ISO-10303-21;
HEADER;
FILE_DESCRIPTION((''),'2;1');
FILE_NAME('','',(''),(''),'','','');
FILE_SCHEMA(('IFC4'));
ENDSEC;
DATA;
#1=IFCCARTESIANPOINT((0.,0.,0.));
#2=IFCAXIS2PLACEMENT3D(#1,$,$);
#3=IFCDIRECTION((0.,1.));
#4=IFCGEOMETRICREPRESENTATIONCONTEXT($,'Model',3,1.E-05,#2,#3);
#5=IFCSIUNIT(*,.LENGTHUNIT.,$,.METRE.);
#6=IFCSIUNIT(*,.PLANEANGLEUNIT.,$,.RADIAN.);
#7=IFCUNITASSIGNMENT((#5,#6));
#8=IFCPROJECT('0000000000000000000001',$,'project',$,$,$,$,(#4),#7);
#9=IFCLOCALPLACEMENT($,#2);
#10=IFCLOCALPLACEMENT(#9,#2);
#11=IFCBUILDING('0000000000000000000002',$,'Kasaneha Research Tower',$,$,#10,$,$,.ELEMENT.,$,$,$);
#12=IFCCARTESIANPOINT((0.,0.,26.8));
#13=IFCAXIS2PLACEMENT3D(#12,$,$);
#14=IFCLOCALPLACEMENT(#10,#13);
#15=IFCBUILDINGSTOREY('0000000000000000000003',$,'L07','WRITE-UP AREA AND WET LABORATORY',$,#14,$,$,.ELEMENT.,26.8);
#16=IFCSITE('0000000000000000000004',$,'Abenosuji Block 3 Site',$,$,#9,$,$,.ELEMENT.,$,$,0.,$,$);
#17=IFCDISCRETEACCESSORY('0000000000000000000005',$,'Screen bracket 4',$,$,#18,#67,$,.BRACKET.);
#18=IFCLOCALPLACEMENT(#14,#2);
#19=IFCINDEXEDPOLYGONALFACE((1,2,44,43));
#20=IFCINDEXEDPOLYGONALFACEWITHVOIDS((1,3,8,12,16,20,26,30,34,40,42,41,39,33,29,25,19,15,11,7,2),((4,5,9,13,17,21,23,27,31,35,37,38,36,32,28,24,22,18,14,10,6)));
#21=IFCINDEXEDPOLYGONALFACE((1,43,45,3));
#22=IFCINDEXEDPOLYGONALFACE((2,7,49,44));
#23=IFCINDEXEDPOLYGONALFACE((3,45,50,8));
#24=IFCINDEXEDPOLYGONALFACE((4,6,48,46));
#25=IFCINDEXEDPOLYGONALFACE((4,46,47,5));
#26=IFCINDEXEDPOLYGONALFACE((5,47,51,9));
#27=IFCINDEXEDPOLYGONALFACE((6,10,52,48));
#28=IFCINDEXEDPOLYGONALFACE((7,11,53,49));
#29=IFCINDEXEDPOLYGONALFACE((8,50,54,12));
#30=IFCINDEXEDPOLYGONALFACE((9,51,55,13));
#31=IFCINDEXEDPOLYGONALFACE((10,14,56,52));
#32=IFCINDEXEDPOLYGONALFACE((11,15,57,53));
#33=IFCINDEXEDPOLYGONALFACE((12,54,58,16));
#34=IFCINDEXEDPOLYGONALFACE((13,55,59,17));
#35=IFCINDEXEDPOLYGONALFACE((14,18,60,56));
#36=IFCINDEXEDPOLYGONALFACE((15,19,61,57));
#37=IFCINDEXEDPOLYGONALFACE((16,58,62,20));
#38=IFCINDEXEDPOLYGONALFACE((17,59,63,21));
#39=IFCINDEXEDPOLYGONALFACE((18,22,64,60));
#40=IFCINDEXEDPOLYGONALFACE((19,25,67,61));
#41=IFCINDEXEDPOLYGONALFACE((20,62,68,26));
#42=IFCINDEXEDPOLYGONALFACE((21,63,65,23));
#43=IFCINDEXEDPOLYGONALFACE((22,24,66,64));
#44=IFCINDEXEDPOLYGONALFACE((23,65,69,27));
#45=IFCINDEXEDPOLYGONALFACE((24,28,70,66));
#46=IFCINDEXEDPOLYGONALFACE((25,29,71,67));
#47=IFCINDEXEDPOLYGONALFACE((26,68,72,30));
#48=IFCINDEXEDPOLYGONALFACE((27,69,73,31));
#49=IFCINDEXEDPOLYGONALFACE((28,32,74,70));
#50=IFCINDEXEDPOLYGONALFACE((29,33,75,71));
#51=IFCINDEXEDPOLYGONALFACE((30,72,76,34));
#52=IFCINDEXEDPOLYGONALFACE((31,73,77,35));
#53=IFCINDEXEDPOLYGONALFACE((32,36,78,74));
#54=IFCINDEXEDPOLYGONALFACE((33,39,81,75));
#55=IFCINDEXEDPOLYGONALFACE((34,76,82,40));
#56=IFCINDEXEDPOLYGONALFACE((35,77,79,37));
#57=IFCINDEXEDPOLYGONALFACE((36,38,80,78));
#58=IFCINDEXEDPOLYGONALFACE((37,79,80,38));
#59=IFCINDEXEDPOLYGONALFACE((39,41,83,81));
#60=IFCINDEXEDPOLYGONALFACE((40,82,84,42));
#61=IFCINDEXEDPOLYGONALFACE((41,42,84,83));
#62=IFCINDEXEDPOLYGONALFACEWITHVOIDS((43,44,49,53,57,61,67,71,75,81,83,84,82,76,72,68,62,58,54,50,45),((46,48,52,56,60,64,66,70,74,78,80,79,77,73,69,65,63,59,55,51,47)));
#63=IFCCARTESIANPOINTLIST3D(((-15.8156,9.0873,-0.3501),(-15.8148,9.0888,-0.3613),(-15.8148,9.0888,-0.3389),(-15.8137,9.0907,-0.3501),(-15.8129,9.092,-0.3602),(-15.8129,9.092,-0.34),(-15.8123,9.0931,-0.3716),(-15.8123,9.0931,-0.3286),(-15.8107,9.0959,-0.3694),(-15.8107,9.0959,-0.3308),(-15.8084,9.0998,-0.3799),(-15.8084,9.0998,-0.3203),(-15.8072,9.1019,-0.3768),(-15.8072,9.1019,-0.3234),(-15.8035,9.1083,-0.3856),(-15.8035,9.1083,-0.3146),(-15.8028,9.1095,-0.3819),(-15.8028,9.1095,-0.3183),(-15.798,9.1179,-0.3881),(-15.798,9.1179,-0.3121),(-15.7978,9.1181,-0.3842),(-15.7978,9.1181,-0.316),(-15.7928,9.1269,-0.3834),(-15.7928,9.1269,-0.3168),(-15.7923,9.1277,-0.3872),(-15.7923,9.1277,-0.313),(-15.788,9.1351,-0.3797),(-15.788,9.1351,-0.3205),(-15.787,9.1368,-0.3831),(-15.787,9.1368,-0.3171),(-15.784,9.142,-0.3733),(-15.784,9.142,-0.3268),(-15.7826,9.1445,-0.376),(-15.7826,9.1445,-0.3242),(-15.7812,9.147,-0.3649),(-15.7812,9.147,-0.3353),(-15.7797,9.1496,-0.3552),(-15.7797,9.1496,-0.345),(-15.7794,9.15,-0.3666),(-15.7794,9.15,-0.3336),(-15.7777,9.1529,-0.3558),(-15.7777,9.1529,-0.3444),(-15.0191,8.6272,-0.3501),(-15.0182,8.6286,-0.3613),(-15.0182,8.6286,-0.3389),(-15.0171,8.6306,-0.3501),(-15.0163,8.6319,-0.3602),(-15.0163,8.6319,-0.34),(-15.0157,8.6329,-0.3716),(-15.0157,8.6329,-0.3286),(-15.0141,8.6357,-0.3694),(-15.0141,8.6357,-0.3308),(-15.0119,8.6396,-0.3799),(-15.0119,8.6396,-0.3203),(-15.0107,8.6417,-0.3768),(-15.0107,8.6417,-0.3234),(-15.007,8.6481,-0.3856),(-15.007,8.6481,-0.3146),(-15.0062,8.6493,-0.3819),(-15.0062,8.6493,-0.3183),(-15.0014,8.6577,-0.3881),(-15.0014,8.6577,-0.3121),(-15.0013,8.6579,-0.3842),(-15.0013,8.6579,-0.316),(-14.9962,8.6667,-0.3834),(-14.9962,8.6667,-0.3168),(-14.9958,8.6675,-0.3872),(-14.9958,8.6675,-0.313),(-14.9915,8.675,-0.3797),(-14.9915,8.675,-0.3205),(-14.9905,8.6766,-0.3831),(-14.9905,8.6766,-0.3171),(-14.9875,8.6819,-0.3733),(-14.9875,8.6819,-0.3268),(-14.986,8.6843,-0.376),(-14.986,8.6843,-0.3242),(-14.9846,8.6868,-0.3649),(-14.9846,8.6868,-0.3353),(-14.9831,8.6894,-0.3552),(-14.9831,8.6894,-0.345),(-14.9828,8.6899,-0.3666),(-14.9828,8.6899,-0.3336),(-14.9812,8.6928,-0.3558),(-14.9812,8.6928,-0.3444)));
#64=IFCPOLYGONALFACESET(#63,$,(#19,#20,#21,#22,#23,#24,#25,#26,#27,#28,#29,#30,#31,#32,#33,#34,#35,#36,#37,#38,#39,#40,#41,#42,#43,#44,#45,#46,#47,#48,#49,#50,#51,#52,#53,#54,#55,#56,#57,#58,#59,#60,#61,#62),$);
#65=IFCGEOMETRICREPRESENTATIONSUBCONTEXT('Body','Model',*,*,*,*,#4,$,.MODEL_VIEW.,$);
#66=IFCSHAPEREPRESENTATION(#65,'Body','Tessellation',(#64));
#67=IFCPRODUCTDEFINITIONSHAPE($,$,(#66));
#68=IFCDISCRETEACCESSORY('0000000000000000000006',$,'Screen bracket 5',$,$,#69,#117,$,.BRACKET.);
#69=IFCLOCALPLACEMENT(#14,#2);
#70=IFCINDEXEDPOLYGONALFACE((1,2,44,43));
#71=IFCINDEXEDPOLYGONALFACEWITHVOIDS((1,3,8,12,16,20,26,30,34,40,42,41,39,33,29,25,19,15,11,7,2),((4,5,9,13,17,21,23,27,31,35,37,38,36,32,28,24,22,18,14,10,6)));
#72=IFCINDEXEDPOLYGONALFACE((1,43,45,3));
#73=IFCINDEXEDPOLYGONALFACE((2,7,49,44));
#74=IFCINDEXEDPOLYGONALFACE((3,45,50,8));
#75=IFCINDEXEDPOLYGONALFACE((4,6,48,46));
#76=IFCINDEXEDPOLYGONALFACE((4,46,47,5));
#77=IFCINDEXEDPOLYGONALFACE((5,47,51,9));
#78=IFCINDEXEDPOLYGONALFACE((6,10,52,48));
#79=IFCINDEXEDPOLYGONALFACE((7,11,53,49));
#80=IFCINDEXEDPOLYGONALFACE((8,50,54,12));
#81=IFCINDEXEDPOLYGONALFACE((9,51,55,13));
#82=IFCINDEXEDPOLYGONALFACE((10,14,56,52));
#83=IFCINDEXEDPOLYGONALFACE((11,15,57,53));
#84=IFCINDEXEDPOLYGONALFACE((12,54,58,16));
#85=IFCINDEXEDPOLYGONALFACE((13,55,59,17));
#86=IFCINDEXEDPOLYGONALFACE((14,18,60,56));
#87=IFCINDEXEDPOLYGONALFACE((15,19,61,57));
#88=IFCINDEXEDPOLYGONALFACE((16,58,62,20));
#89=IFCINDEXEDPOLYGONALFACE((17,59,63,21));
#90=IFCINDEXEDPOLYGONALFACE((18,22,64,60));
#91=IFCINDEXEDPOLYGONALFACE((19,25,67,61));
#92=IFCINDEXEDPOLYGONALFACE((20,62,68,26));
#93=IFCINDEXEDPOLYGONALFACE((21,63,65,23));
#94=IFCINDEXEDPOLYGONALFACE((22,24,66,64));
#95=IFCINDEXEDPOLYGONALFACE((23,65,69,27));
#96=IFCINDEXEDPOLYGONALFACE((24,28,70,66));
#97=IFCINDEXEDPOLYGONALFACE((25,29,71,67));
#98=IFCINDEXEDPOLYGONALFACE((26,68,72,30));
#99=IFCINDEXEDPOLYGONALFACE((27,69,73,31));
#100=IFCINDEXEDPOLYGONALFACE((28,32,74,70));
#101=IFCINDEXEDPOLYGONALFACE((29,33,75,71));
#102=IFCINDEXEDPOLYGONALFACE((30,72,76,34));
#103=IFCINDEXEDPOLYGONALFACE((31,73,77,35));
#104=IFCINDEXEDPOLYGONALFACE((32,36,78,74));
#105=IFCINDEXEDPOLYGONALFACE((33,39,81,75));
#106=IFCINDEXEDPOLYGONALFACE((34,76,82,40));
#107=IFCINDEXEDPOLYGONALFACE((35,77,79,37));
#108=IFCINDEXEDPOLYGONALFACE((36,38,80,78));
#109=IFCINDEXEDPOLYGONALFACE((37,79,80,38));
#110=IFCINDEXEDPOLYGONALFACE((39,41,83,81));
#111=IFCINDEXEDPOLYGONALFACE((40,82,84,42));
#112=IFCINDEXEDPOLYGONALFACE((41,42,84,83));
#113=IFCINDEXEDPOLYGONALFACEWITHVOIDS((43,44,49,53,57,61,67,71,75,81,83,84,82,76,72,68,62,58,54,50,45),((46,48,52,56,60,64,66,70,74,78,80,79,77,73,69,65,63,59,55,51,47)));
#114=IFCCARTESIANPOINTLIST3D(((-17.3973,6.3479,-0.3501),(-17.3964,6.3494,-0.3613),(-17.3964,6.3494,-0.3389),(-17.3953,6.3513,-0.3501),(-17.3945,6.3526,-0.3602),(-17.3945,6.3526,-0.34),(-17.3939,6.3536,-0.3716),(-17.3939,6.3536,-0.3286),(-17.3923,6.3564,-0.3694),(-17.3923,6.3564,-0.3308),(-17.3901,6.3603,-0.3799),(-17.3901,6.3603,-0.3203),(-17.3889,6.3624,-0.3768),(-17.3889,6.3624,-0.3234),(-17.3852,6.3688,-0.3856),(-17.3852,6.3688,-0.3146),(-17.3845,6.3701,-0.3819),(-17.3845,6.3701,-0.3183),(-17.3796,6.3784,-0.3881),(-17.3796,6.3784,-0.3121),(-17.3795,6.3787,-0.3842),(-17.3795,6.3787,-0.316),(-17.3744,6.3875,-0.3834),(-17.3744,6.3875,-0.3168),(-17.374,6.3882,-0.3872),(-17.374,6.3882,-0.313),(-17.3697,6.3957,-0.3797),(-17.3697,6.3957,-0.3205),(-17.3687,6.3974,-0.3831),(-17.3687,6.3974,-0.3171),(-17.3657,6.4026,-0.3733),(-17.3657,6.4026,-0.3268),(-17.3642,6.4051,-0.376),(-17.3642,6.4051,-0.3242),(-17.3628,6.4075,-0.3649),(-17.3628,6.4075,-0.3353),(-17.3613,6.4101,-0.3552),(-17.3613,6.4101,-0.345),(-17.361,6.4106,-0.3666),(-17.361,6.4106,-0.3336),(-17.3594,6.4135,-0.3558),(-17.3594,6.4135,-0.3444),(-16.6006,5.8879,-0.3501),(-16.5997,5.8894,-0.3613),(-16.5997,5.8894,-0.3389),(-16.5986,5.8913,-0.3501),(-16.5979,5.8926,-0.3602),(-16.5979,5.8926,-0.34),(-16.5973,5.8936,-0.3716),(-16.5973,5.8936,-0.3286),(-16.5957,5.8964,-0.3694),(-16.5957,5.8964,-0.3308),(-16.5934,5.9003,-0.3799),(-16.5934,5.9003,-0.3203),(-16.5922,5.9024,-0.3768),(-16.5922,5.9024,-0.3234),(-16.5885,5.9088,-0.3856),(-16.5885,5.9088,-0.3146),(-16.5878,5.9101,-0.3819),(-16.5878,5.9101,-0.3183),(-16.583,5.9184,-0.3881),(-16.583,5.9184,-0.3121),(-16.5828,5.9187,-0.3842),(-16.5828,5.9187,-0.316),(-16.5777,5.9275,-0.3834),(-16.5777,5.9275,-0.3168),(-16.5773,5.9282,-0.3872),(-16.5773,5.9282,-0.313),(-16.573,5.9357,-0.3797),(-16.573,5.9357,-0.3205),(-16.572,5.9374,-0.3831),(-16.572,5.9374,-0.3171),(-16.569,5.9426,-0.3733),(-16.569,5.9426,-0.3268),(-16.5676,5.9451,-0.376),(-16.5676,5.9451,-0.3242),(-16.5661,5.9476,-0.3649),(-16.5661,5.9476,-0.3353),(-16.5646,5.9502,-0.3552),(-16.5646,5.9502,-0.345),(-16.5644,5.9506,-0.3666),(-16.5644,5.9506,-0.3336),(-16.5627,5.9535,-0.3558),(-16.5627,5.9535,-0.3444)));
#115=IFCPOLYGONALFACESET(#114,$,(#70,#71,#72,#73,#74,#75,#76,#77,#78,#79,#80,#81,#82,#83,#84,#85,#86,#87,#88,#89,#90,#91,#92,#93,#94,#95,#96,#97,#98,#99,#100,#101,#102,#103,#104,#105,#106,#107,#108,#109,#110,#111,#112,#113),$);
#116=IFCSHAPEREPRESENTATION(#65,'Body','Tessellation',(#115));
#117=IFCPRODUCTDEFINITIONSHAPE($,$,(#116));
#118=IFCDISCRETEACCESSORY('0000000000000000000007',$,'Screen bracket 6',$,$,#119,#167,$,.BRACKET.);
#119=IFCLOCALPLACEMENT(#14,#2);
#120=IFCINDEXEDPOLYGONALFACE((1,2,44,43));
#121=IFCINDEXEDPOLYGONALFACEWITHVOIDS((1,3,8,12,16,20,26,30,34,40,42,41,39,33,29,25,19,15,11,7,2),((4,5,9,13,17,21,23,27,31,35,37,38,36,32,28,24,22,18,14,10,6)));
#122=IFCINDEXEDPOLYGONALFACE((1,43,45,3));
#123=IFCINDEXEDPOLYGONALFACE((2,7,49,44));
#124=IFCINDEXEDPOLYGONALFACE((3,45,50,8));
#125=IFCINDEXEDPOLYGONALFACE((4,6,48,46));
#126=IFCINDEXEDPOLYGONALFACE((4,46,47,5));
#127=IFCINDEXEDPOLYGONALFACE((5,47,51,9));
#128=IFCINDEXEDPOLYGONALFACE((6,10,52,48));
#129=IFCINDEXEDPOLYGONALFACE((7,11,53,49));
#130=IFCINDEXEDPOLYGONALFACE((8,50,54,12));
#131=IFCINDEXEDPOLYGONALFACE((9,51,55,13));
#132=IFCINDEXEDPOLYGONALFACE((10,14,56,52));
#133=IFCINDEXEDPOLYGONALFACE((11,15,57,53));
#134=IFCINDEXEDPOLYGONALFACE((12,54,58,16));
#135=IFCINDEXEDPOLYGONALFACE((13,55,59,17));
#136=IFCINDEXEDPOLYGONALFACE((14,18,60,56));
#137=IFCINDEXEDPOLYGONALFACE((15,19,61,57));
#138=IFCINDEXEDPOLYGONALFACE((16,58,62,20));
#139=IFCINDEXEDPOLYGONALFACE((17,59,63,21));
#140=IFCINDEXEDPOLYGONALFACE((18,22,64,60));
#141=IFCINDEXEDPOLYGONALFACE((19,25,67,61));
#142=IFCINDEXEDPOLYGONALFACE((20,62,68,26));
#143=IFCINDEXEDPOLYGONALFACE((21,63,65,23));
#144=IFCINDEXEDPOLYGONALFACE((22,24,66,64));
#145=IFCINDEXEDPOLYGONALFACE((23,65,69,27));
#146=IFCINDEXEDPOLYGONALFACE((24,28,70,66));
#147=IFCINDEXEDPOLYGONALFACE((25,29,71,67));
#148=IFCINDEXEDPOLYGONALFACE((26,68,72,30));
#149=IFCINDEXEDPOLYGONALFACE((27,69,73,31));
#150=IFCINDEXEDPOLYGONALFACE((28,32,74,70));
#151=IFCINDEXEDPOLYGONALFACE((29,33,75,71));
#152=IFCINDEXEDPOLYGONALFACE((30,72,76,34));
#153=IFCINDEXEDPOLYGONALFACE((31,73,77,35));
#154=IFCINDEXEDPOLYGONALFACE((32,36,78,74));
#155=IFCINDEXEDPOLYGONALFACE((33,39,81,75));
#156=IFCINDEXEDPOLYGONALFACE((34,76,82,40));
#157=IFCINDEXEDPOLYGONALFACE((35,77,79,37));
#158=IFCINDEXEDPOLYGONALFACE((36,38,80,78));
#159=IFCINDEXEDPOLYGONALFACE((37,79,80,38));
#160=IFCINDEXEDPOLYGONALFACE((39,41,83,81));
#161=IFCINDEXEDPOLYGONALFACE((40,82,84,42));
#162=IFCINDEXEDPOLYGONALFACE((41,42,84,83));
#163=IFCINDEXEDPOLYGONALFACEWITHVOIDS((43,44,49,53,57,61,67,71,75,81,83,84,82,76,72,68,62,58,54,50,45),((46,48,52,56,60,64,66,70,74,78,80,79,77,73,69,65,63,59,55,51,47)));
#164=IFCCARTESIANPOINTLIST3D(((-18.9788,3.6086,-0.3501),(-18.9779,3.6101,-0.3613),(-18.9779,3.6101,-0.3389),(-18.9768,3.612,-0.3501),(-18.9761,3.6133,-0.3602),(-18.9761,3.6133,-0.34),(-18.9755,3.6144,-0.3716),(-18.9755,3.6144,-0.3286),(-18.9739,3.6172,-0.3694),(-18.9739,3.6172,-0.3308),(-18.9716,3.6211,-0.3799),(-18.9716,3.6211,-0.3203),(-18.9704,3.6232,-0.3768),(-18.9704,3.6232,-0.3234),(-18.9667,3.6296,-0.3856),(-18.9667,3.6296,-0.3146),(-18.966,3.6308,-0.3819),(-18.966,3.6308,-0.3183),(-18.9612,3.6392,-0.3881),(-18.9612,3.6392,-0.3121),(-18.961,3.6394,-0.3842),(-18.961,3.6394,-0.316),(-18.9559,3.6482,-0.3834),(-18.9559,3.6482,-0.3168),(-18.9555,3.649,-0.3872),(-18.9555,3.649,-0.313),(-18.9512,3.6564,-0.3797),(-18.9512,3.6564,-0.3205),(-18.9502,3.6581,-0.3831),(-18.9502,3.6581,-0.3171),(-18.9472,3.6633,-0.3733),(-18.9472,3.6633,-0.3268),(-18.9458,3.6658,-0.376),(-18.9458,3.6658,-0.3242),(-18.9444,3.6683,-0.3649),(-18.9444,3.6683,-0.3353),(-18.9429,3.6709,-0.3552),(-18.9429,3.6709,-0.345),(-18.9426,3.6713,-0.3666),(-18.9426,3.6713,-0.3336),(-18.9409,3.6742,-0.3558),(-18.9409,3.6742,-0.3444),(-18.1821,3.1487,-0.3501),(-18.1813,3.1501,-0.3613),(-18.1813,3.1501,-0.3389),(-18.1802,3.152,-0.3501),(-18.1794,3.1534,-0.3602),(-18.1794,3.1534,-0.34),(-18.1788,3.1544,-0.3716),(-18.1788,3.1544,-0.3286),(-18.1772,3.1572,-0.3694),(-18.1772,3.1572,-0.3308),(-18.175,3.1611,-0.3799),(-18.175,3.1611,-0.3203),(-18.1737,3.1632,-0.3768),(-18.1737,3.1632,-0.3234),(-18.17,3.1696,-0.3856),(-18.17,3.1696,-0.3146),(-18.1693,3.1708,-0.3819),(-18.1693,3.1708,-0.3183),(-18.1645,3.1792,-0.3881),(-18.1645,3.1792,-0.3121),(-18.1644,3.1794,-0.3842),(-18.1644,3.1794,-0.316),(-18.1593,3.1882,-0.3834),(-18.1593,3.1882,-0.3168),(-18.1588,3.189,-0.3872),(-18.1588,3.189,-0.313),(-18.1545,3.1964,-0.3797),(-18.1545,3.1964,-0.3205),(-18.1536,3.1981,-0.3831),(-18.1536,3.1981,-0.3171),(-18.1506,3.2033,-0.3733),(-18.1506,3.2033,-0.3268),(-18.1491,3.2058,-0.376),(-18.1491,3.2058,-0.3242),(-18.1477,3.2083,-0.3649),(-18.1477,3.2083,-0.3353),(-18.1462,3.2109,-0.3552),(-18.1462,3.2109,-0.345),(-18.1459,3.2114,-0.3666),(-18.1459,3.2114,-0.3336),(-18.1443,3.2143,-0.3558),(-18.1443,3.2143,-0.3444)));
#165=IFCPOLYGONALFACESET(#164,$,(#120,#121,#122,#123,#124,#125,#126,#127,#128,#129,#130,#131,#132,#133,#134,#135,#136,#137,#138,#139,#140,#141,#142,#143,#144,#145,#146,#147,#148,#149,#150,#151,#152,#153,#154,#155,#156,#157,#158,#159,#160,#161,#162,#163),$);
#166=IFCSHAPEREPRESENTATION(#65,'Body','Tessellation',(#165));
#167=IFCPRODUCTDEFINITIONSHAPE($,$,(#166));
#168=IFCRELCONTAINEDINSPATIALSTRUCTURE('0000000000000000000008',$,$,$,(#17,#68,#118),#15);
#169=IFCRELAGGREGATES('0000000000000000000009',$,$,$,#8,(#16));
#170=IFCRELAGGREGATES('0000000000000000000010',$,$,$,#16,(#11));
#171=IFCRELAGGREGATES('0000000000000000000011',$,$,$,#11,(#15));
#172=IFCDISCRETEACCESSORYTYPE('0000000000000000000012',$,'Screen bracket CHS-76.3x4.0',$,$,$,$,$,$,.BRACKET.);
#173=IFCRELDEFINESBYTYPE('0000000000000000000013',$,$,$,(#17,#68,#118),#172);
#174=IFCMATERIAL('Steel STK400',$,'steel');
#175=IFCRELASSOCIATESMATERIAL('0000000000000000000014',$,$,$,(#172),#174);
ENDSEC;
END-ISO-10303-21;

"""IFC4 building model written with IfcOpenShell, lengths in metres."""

from ifc_helpers import new_model, si_unit, direction, frame, origin, origin_2d, place, context, subcontext, project, spatial, hollow_circle, extrude, material, material_profile, profile_set, type_object, element, save


model = new_model("IFC4")

# Units and contexts
model_context = context("Model", 3, precision=1e-05, world=origin(), true_north=direction((0.0, 1.0)))
body_context = subcontext(model_context, "Body", "Model", "MODEL_VIEW")
ifc_project = project(units=[si_unit("LENGTHUNIT", "METRE"), si_unit("PLANEANGLEUNIT", "RADIAN")], contexts=[model_context])

# Site, building, storey
site_placement = place(None, origin())
site = spatial("IfcSite", under=ifc_project, at=site_placement, Name="Abenosuji Block 3 Site", CompositionType="ELEMENT", RefElevation=0.0)
building_placement = place(site_placement, origin())
building = spatial("IfcBuilding", under=site, at=building_placement, Name="Kasaneha Research Tower", CompositionType="ELEMENT")
storey_placement = place(building_placement, frame((0.0, 0.0, 26.8)))
storey = spatial("IfcBuildingStorey", under=building, at=storey_placement, Name="L07", Description="WRITE-UP AREA AND WET LABORATORY", CompositionType="ELEMENT", Elevation=26.8)

# Discrete accessories
ifc_material_1 = material(Name="Steel STK400", Category="steel")
ifc_material_profile_1 = material_profile(ifc_material_1, hollow_circle(Radius=0.0381, WallThickness=0.0039, at=origin_2d()), Name="CHS-76.3x4.0")
ifc_profile_set_1 = profile_set([ifc_material_profile_1], Name="Steel STK400")
discrete_accessory_type = type_object("IfcDiscreteAccessoryType", Name="Screen bracket CHS-76.3x4.0", PredefinedType="BRACKET", material=ifc_profile_set_1)
for number, where, z_axis, x_axis, name in (
    (1, (-15.0, 8.6602, -0.3501), (-0.865898, 0.50022, 0.0), (-0.50022, -0.865898, 0.0), "Screen bracket 4"),
    (2, (-16.5815, 5.9209, -0.3501), (-0.866013, 0.500021, 0.0), (-0.500021, -0.866013, 0.0), "Screen bracket 5"),
    (3, (-18.1631, 3.1816, -0.3501), (-0.866013, 0.500021, 0.0), (-0.500021, -0.866013, 0.0), "Screen bracket 6"),
):
    element("IfcDiscreteAccessory", number, at=place(storey_placement, frame(where, z_axis=z_axis, x_axis=x_axis)), inside=storey, type_object=discrete_accessory_type, Name=name, PredefinedType="BRACKET", context=body_context, shape_type="SweptSolid", body=[
        extrude(hollow_circle(Radius=0.0381, WallThickness=0.0039, at=origin_2d()), origin(), (0.0, 0.0, 1.0), 0.9199),
    ])

save(model, "model.ifc")
